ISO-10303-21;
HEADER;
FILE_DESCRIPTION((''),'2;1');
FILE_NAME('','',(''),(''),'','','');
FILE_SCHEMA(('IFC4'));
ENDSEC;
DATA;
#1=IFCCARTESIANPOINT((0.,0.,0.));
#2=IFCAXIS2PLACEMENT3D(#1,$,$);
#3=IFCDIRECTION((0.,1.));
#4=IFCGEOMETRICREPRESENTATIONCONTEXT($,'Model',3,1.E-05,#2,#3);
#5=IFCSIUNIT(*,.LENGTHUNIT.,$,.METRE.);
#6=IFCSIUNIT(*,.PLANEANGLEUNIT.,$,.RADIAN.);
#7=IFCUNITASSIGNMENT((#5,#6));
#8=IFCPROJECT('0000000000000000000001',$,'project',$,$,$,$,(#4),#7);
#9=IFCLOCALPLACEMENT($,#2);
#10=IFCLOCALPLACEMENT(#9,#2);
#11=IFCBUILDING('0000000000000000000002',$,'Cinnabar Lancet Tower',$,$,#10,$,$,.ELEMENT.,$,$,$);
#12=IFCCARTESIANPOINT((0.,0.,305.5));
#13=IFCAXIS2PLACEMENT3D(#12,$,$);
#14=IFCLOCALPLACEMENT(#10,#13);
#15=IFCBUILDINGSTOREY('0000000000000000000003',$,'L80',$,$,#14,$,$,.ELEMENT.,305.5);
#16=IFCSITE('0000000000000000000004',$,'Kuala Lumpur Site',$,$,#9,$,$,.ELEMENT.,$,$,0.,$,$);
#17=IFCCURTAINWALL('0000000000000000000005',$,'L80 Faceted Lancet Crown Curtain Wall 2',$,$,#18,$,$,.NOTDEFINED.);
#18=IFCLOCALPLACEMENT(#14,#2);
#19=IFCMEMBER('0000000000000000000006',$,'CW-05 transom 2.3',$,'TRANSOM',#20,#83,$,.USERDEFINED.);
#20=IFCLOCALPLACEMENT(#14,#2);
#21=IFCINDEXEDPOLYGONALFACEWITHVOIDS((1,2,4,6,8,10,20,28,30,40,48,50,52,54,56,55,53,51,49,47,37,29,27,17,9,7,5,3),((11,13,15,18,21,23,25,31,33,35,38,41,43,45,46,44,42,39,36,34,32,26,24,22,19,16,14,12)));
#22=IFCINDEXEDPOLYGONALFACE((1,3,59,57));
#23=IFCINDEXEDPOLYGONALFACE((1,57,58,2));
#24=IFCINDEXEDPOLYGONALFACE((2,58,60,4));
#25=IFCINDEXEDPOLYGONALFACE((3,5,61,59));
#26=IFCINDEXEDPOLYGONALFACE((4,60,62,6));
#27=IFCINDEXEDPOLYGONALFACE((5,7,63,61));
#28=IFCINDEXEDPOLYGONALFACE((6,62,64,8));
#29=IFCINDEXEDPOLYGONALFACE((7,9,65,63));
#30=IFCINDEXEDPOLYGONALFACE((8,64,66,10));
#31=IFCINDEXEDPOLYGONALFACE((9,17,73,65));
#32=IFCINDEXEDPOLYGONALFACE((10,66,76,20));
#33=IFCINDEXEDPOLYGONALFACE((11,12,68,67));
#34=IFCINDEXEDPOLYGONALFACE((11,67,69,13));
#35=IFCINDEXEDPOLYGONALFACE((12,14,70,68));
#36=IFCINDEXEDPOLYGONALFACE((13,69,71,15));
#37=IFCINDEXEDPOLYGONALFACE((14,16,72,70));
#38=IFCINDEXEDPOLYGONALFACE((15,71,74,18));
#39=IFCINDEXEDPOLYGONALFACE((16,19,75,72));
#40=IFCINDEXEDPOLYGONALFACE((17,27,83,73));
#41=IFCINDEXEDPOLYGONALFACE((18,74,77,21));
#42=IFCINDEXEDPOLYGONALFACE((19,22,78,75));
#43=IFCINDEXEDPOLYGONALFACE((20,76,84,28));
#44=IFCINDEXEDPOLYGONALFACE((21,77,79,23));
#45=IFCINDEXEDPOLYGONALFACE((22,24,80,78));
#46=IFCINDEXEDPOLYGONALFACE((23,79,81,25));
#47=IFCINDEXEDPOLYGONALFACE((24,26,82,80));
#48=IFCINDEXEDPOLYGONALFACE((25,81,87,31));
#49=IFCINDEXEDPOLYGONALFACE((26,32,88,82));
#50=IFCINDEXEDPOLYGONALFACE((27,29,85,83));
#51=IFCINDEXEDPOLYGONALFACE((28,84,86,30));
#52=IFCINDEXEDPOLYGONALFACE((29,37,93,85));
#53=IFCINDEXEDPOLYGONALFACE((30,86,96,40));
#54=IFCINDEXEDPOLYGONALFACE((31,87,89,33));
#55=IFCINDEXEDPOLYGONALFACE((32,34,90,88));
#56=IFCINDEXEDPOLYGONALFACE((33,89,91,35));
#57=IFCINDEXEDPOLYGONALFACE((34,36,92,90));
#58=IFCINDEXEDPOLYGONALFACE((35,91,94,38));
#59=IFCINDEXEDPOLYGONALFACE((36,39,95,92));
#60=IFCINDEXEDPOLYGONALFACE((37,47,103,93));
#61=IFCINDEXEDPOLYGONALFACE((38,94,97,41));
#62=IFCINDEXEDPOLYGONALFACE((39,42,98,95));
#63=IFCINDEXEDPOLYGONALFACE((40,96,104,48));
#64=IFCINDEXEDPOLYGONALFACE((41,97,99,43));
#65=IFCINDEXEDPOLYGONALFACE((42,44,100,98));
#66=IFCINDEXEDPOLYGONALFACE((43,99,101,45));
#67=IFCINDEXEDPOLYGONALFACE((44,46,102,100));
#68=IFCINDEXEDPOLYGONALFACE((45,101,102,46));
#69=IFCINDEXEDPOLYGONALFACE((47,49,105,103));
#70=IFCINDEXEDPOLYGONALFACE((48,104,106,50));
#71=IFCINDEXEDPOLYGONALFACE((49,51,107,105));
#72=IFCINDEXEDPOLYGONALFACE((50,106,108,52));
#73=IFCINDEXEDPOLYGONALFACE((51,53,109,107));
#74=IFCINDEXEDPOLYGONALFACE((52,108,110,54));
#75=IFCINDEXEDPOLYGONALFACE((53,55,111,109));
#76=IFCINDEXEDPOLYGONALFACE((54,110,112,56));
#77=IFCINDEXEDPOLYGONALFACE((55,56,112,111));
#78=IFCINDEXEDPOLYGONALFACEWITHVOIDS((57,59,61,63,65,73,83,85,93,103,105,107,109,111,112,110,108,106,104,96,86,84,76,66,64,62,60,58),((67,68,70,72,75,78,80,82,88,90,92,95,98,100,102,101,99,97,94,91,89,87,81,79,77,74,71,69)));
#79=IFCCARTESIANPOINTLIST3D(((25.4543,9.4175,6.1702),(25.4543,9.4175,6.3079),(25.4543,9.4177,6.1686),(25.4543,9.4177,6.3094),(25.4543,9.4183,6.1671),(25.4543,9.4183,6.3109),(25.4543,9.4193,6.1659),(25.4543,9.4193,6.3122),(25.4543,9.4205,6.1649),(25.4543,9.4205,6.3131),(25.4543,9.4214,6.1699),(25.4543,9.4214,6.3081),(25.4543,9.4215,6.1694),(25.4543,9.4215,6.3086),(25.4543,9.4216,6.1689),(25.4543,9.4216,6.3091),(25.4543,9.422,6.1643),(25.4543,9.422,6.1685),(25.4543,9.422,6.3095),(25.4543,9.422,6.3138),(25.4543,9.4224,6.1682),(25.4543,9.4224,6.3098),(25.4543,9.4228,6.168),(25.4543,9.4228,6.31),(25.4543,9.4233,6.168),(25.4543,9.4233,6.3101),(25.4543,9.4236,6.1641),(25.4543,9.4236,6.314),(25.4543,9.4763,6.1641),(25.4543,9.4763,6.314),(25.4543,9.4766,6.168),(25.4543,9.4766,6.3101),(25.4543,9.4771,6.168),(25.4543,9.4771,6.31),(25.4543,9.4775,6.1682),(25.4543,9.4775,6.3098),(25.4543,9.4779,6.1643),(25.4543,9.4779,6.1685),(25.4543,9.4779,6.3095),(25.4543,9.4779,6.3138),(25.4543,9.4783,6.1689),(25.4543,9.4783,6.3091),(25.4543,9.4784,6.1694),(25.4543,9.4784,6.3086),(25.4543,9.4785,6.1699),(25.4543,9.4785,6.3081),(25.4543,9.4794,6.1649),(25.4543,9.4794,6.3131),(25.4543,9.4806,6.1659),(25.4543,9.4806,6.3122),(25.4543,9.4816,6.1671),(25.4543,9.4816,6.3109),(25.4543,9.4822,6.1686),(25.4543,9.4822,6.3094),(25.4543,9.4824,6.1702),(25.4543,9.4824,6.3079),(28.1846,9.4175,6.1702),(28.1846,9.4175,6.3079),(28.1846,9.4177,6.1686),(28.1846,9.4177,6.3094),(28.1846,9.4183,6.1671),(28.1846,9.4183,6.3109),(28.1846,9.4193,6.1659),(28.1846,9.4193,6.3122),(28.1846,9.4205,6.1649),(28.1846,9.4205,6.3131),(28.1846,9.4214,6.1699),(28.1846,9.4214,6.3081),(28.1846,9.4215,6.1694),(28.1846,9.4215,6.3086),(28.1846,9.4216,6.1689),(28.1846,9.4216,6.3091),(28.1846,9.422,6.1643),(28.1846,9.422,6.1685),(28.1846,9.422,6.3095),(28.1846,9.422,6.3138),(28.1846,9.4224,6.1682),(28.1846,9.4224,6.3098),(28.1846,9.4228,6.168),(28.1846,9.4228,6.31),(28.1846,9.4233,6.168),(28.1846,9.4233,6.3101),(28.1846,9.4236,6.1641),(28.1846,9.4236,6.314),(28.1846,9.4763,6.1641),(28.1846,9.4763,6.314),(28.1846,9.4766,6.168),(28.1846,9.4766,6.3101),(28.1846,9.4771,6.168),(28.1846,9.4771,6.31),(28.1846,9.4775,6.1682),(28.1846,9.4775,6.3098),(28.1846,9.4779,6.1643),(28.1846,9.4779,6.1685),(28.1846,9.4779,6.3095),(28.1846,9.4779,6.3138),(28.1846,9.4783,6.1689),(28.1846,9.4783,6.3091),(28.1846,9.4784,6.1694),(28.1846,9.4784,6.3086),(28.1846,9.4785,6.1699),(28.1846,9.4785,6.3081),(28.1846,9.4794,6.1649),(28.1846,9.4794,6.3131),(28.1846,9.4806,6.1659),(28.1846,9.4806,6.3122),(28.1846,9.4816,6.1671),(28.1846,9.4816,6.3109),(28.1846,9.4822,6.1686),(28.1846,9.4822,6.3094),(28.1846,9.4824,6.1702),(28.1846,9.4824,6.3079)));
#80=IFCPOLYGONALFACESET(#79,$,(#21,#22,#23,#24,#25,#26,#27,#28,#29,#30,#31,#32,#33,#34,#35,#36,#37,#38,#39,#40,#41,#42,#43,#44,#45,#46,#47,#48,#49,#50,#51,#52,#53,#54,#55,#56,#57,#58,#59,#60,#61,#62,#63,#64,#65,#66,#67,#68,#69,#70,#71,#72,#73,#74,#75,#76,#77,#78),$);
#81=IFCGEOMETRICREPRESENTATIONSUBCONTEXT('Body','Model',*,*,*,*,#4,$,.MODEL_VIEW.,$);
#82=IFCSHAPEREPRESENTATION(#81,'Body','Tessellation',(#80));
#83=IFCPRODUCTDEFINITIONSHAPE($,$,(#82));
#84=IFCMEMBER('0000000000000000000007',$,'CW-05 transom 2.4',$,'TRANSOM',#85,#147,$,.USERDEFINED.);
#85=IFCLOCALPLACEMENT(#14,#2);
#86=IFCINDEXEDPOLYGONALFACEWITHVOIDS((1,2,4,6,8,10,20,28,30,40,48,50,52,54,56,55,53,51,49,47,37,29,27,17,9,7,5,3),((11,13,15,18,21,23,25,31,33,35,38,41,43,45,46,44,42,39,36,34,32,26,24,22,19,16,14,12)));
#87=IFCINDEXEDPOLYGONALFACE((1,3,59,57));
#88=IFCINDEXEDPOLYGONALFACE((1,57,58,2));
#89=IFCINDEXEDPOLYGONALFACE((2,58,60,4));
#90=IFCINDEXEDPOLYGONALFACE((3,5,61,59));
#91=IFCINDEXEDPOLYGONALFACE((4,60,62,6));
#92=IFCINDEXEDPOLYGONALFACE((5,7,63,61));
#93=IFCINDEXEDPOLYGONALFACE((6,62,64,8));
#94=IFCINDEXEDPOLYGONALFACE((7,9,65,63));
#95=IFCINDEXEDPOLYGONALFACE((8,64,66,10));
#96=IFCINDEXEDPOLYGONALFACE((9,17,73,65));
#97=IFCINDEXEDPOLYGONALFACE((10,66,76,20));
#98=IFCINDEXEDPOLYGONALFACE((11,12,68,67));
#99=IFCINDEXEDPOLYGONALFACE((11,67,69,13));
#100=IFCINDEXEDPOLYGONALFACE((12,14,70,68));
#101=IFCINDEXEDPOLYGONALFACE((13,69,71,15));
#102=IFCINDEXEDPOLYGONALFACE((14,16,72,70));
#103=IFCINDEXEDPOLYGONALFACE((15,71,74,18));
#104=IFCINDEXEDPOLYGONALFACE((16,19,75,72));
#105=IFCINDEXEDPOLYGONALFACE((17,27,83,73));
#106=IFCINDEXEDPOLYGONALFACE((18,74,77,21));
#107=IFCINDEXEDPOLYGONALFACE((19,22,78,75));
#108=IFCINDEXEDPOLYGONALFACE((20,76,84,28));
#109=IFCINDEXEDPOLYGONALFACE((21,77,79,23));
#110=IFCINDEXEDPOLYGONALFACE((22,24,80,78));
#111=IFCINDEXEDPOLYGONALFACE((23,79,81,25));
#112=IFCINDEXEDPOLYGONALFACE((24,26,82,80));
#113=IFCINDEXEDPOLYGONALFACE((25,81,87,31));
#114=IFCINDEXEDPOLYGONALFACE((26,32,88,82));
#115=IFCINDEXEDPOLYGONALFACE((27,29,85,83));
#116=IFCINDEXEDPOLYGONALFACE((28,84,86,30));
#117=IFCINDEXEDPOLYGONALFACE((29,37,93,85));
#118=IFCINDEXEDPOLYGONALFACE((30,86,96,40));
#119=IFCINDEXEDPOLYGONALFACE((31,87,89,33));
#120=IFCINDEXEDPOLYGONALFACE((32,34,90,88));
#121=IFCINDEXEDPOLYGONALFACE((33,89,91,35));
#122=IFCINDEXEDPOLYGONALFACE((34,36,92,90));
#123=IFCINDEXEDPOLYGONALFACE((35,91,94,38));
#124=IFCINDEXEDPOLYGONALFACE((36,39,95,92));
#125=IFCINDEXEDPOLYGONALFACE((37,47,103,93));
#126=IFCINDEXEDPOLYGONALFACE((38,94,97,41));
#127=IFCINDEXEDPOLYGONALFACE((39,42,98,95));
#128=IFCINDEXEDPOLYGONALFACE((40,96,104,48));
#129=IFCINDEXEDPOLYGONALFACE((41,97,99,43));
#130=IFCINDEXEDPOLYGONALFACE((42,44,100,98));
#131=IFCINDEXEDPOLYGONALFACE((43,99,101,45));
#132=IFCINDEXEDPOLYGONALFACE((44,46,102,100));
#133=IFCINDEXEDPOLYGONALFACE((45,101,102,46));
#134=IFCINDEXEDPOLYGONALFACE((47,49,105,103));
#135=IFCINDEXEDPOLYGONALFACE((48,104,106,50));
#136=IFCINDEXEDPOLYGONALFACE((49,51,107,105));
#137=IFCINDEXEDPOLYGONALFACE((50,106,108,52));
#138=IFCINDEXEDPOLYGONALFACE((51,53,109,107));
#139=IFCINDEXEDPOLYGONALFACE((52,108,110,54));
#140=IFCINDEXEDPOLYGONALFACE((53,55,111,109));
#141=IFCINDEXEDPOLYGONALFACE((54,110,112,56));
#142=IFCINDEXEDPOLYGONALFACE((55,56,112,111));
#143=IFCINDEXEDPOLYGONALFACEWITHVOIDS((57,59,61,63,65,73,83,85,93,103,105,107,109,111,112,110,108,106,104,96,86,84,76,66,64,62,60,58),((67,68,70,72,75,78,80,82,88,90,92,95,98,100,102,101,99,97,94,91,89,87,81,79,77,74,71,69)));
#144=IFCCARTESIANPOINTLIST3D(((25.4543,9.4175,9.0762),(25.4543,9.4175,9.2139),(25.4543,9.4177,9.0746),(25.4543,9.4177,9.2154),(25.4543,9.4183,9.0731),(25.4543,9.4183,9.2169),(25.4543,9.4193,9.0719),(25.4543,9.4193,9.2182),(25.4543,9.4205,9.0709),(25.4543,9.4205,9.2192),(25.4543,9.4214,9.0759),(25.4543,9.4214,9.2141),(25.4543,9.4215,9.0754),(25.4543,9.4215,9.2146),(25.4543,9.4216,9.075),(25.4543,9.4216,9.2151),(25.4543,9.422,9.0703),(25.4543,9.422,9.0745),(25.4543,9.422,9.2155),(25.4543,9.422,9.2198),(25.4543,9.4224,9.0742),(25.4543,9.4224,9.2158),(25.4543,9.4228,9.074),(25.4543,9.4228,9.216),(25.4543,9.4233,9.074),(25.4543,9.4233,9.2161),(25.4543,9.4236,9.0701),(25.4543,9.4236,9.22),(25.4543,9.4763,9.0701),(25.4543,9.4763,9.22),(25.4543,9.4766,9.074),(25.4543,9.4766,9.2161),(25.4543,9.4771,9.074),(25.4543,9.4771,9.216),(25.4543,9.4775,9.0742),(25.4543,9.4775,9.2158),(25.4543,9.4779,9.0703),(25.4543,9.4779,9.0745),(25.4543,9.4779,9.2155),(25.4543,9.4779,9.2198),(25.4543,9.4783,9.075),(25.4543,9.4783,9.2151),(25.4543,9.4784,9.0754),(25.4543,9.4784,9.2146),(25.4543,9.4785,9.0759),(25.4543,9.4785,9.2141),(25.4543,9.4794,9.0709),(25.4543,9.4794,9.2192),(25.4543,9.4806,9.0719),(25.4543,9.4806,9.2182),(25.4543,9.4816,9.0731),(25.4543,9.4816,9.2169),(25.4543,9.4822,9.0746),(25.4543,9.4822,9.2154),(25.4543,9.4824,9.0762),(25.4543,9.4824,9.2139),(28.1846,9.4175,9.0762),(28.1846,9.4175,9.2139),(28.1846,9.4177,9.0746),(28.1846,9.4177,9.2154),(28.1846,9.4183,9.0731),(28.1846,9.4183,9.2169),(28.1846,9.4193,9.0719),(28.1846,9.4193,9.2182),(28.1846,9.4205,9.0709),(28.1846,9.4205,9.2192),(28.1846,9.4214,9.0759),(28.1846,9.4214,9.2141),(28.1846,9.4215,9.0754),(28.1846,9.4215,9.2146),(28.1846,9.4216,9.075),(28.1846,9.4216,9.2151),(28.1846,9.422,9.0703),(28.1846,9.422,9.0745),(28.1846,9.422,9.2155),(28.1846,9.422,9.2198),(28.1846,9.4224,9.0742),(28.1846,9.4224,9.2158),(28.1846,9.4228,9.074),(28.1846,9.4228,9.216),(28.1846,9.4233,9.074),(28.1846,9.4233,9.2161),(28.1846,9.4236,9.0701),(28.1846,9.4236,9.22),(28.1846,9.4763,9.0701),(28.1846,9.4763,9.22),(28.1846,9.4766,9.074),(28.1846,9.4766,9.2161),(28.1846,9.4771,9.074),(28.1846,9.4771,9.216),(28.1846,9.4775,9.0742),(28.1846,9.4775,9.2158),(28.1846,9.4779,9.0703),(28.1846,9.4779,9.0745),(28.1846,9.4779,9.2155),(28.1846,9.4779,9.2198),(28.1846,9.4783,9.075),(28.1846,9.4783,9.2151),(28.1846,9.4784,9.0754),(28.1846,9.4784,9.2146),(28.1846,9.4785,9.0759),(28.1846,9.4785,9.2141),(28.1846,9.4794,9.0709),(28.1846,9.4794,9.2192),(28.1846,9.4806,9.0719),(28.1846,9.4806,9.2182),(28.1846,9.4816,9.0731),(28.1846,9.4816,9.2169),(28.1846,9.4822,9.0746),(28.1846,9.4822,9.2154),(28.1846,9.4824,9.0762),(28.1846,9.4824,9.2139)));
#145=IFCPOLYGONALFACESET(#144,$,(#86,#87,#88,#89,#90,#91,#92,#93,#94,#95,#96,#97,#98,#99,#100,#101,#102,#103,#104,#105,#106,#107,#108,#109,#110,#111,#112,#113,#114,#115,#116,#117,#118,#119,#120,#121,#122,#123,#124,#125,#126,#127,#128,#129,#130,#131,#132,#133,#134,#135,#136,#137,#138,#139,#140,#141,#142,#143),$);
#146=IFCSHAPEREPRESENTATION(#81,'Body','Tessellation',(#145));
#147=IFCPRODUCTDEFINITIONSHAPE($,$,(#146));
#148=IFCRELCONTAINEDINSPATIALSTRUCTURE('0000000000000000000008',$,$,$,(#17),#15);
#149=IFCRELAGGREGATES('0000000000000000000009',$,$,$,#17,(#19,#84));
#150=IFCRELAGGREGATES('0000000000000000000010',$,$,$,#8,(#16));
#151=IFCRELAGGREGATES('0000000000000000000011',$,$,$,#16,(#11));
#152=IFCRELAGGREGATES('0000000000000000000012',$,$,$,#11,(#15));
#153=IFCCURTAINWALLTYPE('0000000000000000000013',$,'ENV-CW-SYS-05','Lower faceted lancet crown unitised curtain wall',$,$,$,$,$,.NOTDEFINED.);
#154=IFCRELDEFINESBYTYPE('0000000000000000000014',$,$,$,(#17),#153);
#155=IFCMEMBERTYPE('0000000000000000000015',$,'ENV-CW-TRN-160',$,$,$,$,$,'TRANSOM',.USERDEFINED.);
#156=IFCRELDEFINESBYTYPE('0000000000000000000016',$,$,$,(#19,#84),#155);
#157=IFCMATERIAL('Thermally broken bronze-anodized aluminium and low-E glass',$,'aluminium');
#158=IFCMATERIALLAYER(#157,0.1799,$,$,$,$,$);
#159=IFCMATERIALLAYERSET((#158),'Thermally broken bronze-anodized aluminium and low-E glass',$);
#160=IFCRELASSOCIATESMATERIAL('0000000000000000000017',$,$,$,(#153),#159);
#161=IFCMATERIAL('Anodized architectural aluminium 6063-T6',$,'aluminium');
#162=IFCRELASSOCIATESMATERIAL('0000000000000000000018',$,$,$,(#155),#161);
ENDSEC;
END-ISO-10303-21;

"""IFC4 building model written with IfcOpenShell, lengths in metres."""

from ifc_helpers import new_model, si_unit, direction, frame, origin, origin_2d, place, context, subcontext, project, spatial, hollow_rectangle, extrude, material, layer, layer_set, material_profile, profile_set, type_object, element, aggregate, save


model = new_model("IFC4")

# Units and contexts
model_context = context("Model", 3, precision=1e-05, world=origin(), true_north=direction((0.0, 1.0)))
body_context = subcontext(model_context, "Body", "Model", "MODEL_VIEW")
ifc_project = project(units=[si_unit("LENGTHUNIT", "METRE"), si_unit("PLANEANGLEUNIT", "RADIAN")], contexts=[model_context])

# Site, building, storey
site_placement = place(None, origin())
site = spatial("IfcSite", under=ifc_project, at=site_placement, Name="Kuala Lumpur Site", CompositionType="ELEMENT", RefElevation=0.0)
building_placement = place(site_placement, origin())
building = spatial("IfcBuilding", under=site, at=building_placement, Name="Cinnabar Lancet Tower", CompositionType="ELEMENT")
storey_placement = place(building_placement, frame((0.0, 0.0, 305.5)))
storey = spatial("IfcBuildingStorey", under=building, at=storey_placement, Name="L80", CompositionType="ELEMENT", Elevation=305.5)

# Curtain wall, members
ifc_material_1 = material(Name="Thermally broken bronze-anodized aluminium and low-E glass", Category="aluminium")
ifc_layer_1 = layer(ifc_material_1, 0.1799)
ifc_layer_set_1 = layer_set([ifc_layer_1], Name="Thermally broken bronze-anodized aluminium and low-E glass")
curtain_wall_type = type_object("IfcCurtainWallType", Name="ENV-CW-SYS-05", Description="Lower faceted lancet crown unitised curtain wall", PredefinedType="NOTDEFINED", material=ifc_layer_set_1)
curtain_wall_placement = place(storey_placement, origin())
curtain_wall = element("IfcCurtainWall", 1, at=curtain_wall_placement, inside=storey, type_object=curtain_wall_type, Name="L80 Faceted Lancet Crown Curtain Wall 2", PredefinedType="NOTDEFINED")
ifc_material_2 = material(Name="Anodized architectural aluminium 6063-T6", Category="aluminium")
ifc_material_profile_1 = material_profile(ifc_material_2, hollow_rectangle(XDim=0.0649, YDim=0.1499, WallThickness=0.0039, InnerFilletRadius=0.002, OuterFilletRadius=0.0061, at=origin_2d()), Name="CW-TRN 150x65x4")
ifc_profile_set_1 = profile_set([ifc_material_profile_1], Name="Anodized architectural aluminium 6063-T6")
member_type_1 = type_object("IfcMemberType", Name="ENV-CW-TRN-160", ElementType="TRANSOM", PredefinedType="USERDEFINED", material=ifc_profile_set_1)
member_1_placement = place(storey_placement, frame((25.4543, 9.45, 6.239), z_axis=(1.0, 0.0, 0.0), x_axis=(0.0, 1.0, 0.0)))
member_1 = element("IfcMember", 2, at=member_1_placement, type_object=member_type_1, Name="CW-05 transom 2.3", ObjectType="TRANSOM", PredefinedType="USERDEFINED", context=body_context, shape_type="SweptSolid", body=[
    extrude(hollow_rectangle(XDim=0.0649, YDim=0.1499, WallThickness=0.0039, InnerFilletRadius=0.002, OuterFilletRadius=0.0061, at=origin_2d()), origin(), (0.0, 0.0, 1.0), 2.7302),
])
member_2_placement = place(storey_placement, frame((25.4543, 9.45, 9.145), z_axis=(1.0, 0.0, 0.0), x_axis=(0.0, 1.0, 0.0)))
member_2 = element("IfcMember", 3, at=member_2_placement, type_object=member_type_1, Name="CW-05 transom 2.4", ObjectType="TRANSOM", PredefinedType="USERDEFINED", context=body_context, shape_type="SweptSolid", body=[
    extrude(hollow_rectangle(XDim=0.0649, YDim=0.1499, WallThickness=0.0039, InnerFilletRadius=0.002, OuterFilletRadius=0.0061, at=origin_2d()), origin(), (0.0, 0.0, 1.0), 2.7302),
])
aggregate(curtain_wall, [member_1, member_2])

save(model, "model.ifc")
